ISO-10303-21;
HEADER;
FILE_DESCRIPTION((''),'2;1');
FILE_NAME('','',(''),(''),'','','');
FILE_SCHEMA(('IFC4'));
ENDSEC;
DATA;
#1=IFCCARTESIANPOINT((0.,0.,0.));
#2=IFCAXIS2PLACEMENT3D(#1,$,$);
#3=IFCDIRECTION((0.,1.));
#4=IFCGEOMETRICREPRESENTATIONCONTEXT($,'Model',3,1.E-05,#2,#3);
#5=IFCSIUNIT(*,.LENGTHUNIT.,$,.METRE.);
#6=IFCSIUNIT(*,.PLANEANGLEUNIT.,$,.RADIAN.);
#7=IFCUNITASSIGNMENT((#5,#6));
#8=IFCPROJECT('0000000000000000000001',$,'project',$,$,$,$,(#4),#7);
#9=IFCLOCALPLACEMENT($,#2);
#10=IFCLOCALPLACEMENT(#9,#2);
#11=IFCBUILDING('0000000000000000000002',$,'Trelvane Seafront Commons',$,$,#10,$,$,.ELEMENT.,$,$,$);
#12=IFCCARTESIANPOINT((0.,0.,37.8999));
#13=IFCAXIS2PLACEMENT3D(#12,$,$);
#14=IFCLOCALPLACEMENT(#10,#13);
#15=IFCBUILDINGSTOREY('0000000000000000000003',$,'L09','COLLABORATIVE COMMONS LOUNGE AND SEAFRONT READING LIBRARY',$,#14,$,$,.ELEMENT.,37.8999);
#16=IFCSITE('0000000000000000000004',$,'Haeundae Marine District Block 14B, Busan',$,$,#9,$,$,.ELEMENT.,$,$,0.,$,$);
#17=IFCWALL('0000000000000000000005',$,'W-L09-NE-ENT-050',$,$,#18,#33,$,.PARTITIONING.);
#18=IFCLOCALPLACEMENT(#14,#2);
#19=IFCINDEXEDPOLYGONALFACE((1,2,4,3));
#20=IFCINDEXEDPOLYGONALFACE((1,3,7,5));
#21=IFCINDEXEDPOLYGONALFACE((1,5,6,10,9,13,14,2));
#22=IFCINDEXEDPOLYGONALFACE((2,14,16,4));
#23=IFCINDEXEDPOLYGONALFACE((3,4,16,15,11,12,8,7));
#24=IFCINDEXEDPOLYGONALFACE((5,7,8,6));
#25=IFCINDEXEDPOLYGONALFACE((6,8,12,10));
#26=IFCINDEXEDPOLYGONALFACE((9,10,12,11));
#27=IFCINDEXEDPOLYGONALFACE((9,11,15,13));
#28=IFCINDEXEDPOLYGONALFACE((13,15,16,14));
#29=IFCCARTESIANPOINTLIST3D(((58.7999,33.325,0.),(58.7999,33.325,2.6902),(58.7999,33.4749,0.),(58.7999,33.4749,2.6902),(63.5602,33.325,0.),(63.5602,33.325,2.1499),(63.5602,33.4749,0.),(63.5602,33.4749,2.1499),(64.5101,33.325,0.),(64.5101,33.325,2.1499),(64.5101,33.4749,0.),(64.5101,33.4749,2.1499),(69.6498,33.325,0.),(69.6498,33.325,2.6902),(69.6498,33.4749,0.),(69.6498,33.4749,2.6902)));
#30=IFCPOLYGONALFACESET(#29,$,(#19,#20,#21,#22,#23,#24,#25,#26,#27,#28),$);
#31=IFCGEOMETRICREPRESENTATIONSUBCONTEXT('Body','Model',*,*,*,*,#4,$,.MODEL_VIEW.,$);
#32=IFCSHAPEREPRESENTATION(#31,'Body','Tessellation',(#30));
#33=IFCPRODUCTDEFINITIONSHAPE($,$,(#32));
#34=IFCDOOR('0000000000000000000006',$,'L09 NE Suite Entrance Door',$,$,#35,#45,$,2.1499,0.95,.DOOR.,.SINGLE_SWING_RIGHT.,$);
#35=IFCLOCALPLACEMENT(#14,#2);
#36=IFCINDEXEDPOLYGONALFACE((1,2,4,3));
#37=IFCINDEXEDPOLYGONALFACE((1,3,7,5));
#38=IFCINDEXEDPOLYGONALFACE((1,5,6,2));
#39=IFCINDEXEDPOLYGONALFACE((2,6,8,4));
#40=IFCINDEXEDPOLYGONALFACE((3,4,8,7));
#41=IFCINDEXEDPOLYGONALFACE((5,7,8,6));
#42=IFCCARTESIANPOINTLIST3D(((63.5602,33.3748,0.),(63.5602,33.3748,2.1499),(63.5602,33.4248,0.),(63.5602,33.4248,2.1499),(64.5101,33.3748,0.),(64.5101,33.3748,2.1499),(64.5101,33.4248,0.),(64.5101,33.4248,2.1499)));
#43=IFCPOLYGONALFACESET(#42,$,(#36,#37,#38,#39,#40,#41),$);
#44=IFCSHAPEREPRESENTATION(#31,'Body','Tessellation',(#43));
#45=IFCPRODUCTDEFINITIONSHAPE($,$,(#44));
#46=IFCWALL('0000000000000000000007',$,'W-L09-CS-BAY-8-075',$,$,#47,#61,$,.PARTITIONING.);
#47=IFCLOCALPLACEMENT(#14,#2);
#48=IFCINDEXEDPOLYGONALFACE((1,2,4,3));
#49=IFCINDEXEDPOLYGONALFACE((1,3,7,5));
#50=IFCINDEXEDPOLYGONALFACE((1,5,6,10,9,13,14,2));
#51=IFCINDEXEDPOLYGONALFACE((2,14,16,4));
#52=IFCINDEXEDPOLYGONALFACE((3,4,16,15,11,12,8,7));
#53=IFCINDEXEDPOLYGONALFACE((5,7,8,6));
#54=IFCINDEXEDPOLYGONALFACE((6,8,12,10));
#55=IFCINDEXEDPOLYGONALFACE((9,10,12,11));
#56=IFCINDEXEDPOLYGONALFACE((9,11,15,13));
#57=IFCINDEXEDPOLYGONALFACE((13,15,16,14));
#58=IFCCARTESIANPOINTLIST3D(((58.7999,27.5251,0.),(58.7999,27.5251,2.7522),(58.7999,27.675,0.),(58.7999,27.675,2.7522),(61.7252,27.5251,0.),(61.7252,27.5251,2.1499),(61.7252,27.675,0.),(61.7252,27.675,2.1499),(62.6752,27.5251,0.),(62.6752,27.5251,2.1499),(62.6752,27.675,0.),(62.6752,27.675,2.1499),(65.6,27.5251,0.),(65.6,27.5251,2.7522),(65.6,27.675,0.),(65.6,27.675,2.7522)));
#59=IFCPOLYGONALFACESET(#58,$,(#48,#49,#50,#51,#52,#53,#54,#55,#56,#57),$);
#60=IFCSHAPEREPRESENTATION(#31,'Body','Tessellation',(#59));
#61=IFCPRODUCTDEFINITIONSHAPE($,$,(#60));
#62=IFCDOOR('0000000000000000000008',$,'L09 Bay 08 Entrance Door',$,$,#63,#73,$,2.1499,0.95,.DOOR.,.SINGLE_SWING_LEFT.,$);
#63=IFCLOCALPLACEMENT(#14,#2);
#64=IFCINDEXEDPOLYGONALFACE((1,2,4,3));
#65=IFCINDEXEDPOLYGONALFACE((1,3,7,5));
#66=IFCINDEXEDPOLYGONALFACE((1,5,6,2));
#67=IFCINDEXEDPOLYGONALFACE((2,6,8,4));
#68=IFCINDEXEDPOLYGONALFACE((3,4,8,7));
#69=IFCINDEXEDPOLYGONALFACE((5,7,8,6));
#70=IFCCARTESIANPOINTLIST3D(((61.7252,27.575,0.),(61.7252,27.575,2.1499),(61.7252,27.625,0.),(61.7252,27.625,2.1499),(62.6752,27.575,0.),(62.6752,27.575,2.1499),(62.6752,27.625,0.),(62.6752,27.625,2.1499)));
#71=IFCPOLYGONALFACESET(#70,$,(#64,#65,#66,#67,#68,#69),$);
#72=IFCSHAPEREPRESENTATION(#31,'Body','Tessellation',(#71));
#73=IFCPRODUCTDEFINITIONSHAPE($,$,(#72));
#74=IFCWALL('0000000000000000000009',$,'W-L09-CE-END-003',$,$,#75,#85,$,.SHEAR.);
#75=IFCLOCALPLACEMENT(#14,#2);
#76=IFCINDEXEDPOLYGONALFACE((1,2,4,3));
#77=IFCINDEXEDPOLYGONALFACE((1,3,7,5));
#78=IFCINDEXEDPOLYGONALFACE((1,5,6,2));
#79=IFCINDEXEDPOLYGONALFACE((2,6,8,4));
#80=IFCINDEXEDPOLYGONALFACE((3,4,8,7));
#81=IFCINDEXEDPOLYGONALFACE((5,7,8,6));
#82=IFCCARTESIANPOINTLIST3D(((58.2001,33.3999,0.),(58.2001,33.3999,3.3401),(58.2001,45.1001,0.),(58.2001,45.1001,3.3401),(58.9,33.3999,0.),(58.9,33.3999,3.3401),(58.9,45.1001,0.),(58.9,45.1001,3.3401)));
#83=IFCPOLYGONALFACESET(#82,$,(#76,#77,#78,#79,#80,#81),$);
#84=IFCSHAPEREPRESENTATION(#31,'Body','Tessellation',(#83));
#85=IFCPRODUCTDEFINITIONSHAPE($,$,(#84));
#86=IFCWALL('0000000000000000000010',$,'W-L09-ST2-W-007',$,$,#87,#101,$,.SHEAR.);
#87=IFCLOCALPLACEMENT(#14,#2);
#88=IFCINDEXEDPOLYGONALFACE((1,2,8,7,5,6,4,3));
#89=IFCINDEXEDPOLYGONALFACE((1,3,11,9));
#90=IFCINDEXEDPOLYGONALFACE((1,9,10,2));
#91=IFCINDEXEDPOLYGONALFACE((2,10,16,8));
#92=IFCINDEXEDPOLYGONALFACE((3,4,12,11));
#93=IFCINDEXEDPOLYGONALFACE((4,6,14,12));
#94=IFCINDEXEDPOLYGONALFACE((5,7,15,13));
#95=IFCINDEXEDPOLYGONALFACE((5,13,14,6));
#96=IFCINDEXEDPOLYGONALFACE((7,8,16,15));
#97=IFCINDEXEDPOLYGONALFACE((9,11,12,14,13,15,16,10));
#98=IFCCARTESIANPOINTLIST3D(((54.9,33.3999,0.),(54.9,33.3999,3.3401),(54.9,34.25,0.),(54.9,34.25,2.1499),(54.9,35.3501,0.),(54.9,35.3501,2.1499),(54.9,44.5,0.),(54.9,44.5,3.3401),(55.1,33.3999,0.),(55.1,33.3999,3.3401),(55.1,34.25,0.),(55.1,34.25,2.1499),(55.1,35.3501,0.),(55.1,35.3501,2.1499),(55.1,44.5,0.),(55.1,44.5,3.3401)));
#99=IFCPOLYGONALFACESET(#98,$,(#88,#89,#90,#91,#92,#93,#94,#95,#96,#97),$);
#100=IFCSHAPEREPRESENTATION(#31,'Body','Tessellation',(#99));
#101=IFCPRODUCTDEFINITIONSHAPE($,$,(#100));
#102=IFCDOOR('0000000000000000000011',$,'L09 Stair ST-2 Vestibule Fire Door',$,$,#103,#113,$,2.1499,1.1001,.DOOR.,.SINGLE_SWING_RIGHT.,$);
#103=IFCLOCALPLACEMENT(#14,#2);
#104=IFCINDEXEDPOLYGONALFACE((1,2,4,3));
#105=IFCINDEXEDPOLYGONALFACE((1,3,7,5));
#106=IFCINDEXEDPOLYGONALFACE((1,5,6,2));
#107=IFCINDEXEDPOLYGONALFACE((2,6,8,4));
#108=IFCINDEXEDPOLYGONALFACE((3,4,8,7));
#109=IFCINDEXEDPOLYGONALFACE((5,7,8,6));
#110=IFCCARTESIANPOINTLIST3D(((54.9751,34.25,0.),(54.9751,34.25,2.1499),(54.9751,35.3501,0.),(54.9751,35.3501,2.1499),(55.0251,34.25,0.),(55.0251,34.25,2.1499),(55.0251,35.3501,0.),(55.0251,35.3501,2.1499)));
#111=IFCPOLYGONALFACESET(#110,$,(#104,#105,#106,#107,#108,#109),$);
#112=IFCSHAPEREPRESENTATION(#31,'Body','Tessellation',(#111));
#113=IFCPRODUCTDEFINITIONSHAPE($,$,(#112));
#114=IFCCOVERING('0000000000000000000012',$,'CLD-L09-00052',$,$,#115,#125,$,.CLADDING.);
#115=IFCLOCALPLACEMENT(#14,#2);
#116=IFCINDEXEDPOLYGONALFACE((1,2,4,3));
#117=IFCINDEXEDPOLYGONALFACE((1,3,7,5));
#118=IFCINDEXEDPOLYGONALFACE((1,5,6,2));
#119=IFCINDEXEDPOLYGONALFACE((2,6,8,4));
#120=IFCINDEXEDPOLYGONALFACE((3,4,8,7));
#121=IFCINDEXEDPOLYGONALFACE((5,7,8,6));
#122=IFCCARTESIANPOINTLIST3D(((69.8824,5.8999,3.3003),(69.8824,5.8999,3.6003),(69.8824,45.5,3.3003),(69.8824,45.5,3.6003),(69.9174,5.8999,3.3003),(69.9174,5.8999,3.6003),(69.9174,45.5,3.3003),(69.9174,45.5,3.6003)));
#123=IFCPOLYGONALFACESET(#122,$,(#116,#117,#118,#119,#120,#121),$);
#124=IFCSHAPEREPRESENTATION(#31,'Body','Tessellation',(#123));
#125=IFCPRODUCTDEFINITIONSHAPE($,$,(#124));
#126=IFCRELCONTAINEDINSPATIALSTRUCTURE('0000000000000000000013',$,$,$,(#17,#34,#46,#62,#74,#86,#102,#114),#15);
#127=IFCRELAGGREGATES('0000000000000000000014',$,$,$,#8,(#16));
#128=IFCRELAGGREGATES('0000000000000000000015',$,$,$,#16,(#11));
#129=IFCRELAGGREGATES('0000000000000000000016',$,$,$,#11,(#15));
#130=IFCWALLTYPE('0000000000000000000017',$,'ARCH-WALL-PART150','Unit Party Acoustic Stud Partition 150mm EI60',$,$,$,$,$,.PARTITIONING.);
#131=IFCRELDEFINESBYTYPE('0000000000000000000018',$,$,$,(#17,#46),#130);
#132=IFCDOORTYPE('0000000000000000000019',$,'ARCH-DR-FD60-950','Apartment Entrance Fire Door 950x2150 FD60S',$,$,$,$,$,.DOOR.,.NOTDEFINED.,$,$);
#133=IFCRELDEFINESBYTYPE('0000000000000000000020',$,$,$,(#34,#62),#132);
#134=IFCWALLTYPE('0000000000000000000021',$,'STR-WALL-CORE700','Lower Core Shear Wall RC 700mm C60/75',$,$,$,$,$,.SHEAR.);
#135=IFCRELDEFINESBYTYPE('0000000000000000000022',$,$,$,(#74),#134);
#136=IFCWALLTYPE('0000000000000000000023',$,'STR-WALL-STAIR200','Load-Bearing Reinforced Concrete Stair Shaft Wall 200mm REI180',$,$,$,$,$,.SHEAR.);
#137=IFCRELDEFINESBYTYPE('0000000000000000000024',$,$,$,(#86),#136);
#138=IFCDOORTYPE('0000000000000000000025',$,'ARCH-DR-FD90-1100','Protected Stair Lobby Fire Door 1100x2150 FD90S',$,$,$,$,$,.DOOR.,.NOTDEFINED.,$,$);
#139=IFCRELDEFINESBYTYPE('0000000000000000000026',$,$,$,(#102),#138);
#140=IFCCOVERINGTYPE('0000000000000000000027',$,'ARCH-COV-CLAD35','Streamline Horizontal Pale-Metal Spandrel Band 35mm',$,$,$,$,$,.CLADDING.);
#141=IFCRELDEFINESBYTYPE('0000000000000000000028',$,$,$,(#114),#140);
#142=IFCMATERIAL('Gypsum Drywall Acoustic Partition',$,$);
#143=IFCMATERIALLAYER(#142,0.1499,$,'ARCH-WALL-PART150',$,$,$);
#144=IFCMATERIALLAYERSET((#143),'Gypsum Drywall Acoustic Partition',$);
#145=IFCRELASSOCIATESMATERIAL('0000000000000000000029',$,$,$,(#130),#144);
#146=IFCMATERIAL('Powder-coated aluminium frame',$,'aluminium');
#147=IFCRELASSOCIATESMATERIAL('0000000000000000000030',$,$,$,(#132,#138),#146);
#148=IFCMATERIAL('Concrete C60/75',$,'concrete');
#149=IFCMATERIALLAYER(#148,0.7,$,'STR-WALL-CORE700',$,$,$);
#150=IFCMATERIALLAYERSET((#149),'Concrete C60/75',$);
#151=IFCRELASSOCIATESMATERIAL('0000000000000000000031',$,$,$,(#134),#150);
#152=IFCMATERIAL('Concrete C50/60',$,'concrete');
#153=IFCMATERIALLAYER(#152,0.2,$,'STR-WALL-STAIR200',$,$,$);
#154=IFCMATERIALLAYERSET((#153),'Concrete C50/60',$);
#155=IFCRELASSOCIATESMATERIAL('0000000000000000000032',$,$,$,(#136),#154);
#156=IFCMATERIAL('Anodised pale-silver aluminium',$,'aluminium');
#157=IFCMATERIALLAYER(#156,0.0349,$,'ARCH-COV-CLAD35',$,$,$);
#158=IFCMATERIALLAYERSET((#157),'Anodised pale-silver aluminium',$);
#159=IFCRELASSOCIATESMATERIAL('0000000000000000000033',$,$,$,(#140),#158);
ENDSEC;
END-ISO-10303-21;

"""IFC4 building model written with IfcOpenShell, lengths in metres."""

from ifc_helpers import new_model, si_unit, direction, frame, frame_2d, origin, origin_2d, place, context, subcontext, project, spatial, rectangle, extrude, source, transform, mapped, material, layer, layer_set, type_object, element, fill, save


model = new_model("IFC4")

# Units and contexts
model_context = context("Model", 3, precision=1e-05, world=origin(), true_north=direction((0.0, 1.0)))
body_context = subcontext(model_context, "Body", "Model", "MODEL_VIEW")
ifc_project = project(units=[si_unit("LENGTHUNIT", "METRE"), si_unit("PLANEANGLEUNIT", "RADIAN")], contexts=[model_context])

# Site, building, storey
site_placement = place(None, origin())
site = spatial("IfcSite", under=ifc_project, at=site_placement, Name="Haeundae Marine District Block 14B, Busan", CompositionType="ELEMENT", RefElevation=0.0)
building_placement = place(site_placement, origin())
building = spatial("IfcBuilding", under=site, at=building_placement, Name="Trelvane Seafront Commons", CompositionType="ELEMENT")
storey_placement = place(building_placement, frame((0.0, 0.0, 37.8999)))
storey = spatial("IfcBuildingStorey", under=building, at=storey_placement, Name="L09", Description="COLLABORATIVE COMMONS LOUNGE AND SEAFRONT READING LIBRARY", CompositionType="ELEMENT", Elevation=37.8999)

# Shared definitions
ifc_material_1 = material(Name="Concrete C60/75", Category="concrete")

# Shared definitions
ifc_material_2 = material(Name="Gypsum Drywall Acoustic Partition")

# Walls, openings, doors
shared_shape_1 = source(origin(), body_context, "Body", "SweptSolid", [
    extrude(rectangle(XDim=0.95, YDim=2.1499, at=frame_2d((0.4751, 1.075))), frame((0.0, 0.0249, 0.0), z_axis=(0.0, -1.0, 0.0), x_axis=(1.0, 0.0, 0.0)), (0.0, 0.0, 1.0), 0.05),
])
ifc_layer_1 = layer(ifc_material_2, 0.1499, Name="ARCH-WALL-PART150")
ifc_layer_set_1 = layer_set([ifc_layer_1], Name="Gypsum Drywall Acoustic Partition")
wall_type_1 = type_object("IfcWallType", Name="ARCH-WALL-PART150", Description="Unit Party Acoustic Stud Partition 150mm EI60", PredefinedType="PARTITIONING", material=ifc_layer_set_1)
wall_1_placement = place(storey_placement, frame((58.8, 33.3999, 0.0), z_axis=(0.0, 0.0, 1.0), x_axis=(1.0, 0.0, 0.0)))
wall_1 = element("IfcWall", 1, at=wall_1_placement, inside=storey, type_object=wall_type_1, Name="W-L09-NE-ENT-050", PredefinedType="PARTITIONING", context=body_context, shape_type="SweptSolid", body=[
    extrude(rectangle(XDim=10.8499, YDim=0.1499, at=frame_2d((5.4248, 0.0))), origin(), (0.0, 0.0, 1.0), 2.6902),
])
opening_1_placement = place(wall_1_placement, frame((4.76, 0.0, 0.0)))
opening_1 = element("IfcOpeningElement", 2, at=opening_1_placement, cuts=wall_1, PredefinedType="OPENING", context=body_context, shape_type="SweptSolid", body=[
    extrude(rectangle(XDim=0.95, YDim=2.1499, at=frame_2d((0.4751, 1.075))), frame((0.0, 0.085, 0.0), z_axis=(0.0, -1.0, 0.0), x_axis=(1.0, 0.0, 0.0)), (0.0, 0.0, 1.0), 0.1699),
])
ifc_material_3 = material(Name="Powder-coated aluminium frame", Category="aluminium")
door_type_1 = type_object("IfcDoorType", Name="ARCH-DR-FD60-950", Description="Apartment Entrance Fire Door 950x2150 FD60S", OperationType="NOTDEFINED", PredefinedType="DOOR", material=ifc_material_3)
door_1_placement = place(opening_1_placement, origin())
door_1 = element("IfcDoor", 3, at=door_1_placement, inside=storey, type_object=door_type_1, Name="L09 NE Suite Entrance Door", OperationType="SINGLE_SWING_RIGHT", OverallHeight=2.1499, OverallWidth=0.95, PredefinedType="DOOR", context=body_context, shape_type="MappedRepresentation", body=[
    mapped(shared_shape_1, transform((0.0, 0.0, 0.0), x_axis=(1.0, 0.0, 0.0), y_axis=(0.0, 1.0, 0.0), z_axis=(0.0, 0.0, 1.0), scale=1.0)),
])
fill(opening_1, door_1)
wall_2_placement = place(storey_placement, frame((58.8, 27.6001, 0.0), z_axis=(0.0, 0.0, 1.0), x_axis=(1.0, 0.0, 0.0)))
wall_2 = element("IfcWall", 4, at=wall_2_placement, inside=storey, type_object=wall_type_1, Name="W-L09-CS-BAY-8-075", PredefinedType="PARTITIONING", context=body_context, shape_type="SweptSolid", body=[
    extrude(rectangle(XDim=6.8, YDim=0.1499, at=frame_2d((3.3999, 0.0))), origin(), (0.0, 0.0, 1.0), 2.7522),
])
opening_2_placement = place(wall_2_placement, frame((2.925, 0.0, 0.0)))
opening_2 = element("IfcOpeningElement", 5, at=opening_2_placement, cuts=wall_2, PredefinedType="OPENING", context=body_context, shape_type="SweptSolid", body=[
    extrude(rectangle(XDim=0.95, YDim=2.1499, at=frame_2d((0.4751, 1.075))), frame((0.0, 0.085, 0.0), z_axis=(0.0, -1.0, 0.0), x_axis=(1.0, 0.0, 0.0)), (0.0, 0.0, 1.0), 0.1699),
])
door_2_placement = place(opening_2_placement, origin())
door_2 = element("IfcDoor", 6, at=door_2_placement, inside=storey, type_object=door_type_1, Name="L09 Bay 08 Entrance Door", OperationType="SINGLE_SWING_LEFT", OverallHeight=2.1499, OverallWidth=0.95, PredefinedType="DOOR", context=body_context, shape_type="MappedRepresentation", body=[
    mapped(shared_shape_1, transform((0.0, 0.0, 0.0), x_axis=(1.0, 0.0, 0.0), y_axis=(0.0, 1.0, 0.0), z_axis=(0.0, 0.0, 1.0), scale=1.0)),
])
fill(opening_2, door_2)

# Wall
ifc_layer_2 = layer(ifc_material_1, 0.7, Name="STR-WALL-CORE700")
ifc_layer_set_2 = layer_set([ifc_layer_2], Name="Concrete C60/75")
wall_type_2 = type_object("IfcWallType", Name="STR-WALL-CORE700", Description="Lower Core Shear Wall RC 700mm C60/75", PredefinedType="SHEAR", material=ifc_layer_set_2)
wall_3_placement = place(storey_placement, frame((58.55, 33.3999, 0.0), z_axis=(0.0, 0.0, 1.0), x_axis=(0.0, 1.0, 0.0)))
element("IfcWall", 7, at=wall_3_placement, inside=storey, type_object=wall_type_2, Name="W-L09-CE-END-003", PredefinedType="SHEAR", context=body_context, shape_type="SweptSolid", body=[
    extrude(rectangle(XDim=11.7002, YDim=0.7, at=frame_2d((5.8501, 0.0))), origin(), (0.0, 0.0, 1.0), 3.3401),
])

# Wall, opening, door
ifc_material_4 = material(Name="Concrete C50/60", Category="concrete")
ifc_layer_3 = layer(ifc_material_4, 0.2, Name="STR-WALL-STAIR200")
ifc_layer_set_3 = layer_set([ifc_layer_3], Name="Concrete C50/60")
wall_type_3 = type_object("IfcWallType", Name="STR-WALL-STAIR200", Description="Load-Bearing Reinforced Concrete Stair Shaft Wall 200mm REI180", PredefinedType="SHEAR", material=ifc_layer_set_3)
wall_4_placement = place(storey_placement, frame((55.0, 33.3999, 0.0), z_axis=(0.0, 0.0, 1.0), x_axis=(0.0, 1.0, 0.0)))
wall_4 = element("IfcWall", 8, at=wall_4_placement, inside=storey, type_object=wall_type_3, Name="W-L09-ST2-W-007", PredefinedType="SHEAR", context=body_context, shape_type="SweptSolid", body=[
    extrude(rectangle(XDim=11.1001, YDim=0.2, at=frame_2d((5.55, 0.0))), origin(), (0.0, 0.0, 1.0), 3.3401),
])
opening_3_placement = place(wall_4_placement, frame((0.8501, 0.0, 0.0)))
opening_3 = element("IfcOpeningElement", 9, at=opening_3_placement, cuts=wall_4, PredefinedType="OPENING", context=body_context, shape_type="SweptSolid", body=[
    extrude(rectangle(XDim=1.1001, YDim=2.1499, at=frame_2d((0.55, 1.075))), frame((0.0, 0.1099, 0.0), z_axis=(0.0, -1.0, 0.0), x_axis=(1.0, 0.0, 0.0)), (0.0, 0.0, 1.0), 0.22),
])
door_type_2 = type_object("IfcDoorType", Name="ARCH-DR-FD90-1100", Description="Protected Stair Lobby Fire Door 1100x2150 FD90S", OperationType="NOTDEFINED", PredefinedType="DOOR", material=ifc_material_3)
shared_shape_2 = source(origin(), body_context, "Body", "SweptSolid", [
    extrude(rectangle(XDim=1.1001, YDim=2.1499, at=frame_2d((0.55, 1.075))), frame((0.0, 0.0249, 0.0), z_axis=(0.0, -1.0, 0.0), x_axis=(1.0, 0.0, 0.0)), (0.0, 0.0, 1.0), 0.05),
])
door_3_placement = place(opening_3_placement, origin())
door_3 = element("IfcDoor", 10, at=door_3_placement, inside=storey, type_object=door_type_2, Name="L09 Stair ST-2 Vestibule Fire Door", OperationType="SINGLE_SWING_RIGHT", OverallHeight=2.1499, OverallWidth=1.1001, PredefinedType="DOOR", context=body_context, shape_type="MappedRepresentation", body=[
    mapped(shared_shape_2, transform((0.0, 0.0, 0.0), x_axis=(1.0, 0.0, 0.0), y_axis=(0.0, 1.0, 0.0), z_axis=(0.0, 0.0, 1.0), scale=1.0)),
])
fill(opening_3, door_3)

# Covering
ifc_material_5 = material(Name="Anodised pale-silver aluminium", Category="aluminium")
ifc_layer_4 = layer(ifc_material_5, 0.0349, Name="ARCH-COV-CLAD35")
ifc_layer_set_4 = layer_set([ifc_layer_4], Name="Anodised pale-silver aluminium")
covering_type = type_object("IfcCoveringType", Name="ARCH-COV-CLAD35", Description="Streamline Horizontal Pale-Metal Spandrel Band 35mm", PredefinedType="CLADDING", material=ifc_layer_set_4)
shared_shape_3 = source(origin(), body_context, "Body", "SweptSolid", [
    extrude(rectangle(XDim=39.6001, YDim=0.0349, at=origin_2d()), origin(), (0.0, 0.0, 1.0), 0.3),
])
covering_placement = place(storey_placement, frame((69.8999, 25.7, 3.3003), z_axis=(0.0, 0.0, 1.0), x_axis=(0.0, -1.0, 0.0)))
element("IfcCovering", 11, at=covering_placement, inside=storey, type_object=covering_type, Name="CLD-L09-00052", PredefinedType="CLADDING", context=body_context, shape_type="MappedRepresentation", body=[
    mapped(shared_shape_3, transform((0.0, 0.0, 0.0), x_axis=(1.0, 0.0, 0.0), y_axis=(0.0, 1.0, 0.0), z_axis=(0.0, 0.0, 1.0), scale=1.0)),
])

save(model, "model.ifc")
